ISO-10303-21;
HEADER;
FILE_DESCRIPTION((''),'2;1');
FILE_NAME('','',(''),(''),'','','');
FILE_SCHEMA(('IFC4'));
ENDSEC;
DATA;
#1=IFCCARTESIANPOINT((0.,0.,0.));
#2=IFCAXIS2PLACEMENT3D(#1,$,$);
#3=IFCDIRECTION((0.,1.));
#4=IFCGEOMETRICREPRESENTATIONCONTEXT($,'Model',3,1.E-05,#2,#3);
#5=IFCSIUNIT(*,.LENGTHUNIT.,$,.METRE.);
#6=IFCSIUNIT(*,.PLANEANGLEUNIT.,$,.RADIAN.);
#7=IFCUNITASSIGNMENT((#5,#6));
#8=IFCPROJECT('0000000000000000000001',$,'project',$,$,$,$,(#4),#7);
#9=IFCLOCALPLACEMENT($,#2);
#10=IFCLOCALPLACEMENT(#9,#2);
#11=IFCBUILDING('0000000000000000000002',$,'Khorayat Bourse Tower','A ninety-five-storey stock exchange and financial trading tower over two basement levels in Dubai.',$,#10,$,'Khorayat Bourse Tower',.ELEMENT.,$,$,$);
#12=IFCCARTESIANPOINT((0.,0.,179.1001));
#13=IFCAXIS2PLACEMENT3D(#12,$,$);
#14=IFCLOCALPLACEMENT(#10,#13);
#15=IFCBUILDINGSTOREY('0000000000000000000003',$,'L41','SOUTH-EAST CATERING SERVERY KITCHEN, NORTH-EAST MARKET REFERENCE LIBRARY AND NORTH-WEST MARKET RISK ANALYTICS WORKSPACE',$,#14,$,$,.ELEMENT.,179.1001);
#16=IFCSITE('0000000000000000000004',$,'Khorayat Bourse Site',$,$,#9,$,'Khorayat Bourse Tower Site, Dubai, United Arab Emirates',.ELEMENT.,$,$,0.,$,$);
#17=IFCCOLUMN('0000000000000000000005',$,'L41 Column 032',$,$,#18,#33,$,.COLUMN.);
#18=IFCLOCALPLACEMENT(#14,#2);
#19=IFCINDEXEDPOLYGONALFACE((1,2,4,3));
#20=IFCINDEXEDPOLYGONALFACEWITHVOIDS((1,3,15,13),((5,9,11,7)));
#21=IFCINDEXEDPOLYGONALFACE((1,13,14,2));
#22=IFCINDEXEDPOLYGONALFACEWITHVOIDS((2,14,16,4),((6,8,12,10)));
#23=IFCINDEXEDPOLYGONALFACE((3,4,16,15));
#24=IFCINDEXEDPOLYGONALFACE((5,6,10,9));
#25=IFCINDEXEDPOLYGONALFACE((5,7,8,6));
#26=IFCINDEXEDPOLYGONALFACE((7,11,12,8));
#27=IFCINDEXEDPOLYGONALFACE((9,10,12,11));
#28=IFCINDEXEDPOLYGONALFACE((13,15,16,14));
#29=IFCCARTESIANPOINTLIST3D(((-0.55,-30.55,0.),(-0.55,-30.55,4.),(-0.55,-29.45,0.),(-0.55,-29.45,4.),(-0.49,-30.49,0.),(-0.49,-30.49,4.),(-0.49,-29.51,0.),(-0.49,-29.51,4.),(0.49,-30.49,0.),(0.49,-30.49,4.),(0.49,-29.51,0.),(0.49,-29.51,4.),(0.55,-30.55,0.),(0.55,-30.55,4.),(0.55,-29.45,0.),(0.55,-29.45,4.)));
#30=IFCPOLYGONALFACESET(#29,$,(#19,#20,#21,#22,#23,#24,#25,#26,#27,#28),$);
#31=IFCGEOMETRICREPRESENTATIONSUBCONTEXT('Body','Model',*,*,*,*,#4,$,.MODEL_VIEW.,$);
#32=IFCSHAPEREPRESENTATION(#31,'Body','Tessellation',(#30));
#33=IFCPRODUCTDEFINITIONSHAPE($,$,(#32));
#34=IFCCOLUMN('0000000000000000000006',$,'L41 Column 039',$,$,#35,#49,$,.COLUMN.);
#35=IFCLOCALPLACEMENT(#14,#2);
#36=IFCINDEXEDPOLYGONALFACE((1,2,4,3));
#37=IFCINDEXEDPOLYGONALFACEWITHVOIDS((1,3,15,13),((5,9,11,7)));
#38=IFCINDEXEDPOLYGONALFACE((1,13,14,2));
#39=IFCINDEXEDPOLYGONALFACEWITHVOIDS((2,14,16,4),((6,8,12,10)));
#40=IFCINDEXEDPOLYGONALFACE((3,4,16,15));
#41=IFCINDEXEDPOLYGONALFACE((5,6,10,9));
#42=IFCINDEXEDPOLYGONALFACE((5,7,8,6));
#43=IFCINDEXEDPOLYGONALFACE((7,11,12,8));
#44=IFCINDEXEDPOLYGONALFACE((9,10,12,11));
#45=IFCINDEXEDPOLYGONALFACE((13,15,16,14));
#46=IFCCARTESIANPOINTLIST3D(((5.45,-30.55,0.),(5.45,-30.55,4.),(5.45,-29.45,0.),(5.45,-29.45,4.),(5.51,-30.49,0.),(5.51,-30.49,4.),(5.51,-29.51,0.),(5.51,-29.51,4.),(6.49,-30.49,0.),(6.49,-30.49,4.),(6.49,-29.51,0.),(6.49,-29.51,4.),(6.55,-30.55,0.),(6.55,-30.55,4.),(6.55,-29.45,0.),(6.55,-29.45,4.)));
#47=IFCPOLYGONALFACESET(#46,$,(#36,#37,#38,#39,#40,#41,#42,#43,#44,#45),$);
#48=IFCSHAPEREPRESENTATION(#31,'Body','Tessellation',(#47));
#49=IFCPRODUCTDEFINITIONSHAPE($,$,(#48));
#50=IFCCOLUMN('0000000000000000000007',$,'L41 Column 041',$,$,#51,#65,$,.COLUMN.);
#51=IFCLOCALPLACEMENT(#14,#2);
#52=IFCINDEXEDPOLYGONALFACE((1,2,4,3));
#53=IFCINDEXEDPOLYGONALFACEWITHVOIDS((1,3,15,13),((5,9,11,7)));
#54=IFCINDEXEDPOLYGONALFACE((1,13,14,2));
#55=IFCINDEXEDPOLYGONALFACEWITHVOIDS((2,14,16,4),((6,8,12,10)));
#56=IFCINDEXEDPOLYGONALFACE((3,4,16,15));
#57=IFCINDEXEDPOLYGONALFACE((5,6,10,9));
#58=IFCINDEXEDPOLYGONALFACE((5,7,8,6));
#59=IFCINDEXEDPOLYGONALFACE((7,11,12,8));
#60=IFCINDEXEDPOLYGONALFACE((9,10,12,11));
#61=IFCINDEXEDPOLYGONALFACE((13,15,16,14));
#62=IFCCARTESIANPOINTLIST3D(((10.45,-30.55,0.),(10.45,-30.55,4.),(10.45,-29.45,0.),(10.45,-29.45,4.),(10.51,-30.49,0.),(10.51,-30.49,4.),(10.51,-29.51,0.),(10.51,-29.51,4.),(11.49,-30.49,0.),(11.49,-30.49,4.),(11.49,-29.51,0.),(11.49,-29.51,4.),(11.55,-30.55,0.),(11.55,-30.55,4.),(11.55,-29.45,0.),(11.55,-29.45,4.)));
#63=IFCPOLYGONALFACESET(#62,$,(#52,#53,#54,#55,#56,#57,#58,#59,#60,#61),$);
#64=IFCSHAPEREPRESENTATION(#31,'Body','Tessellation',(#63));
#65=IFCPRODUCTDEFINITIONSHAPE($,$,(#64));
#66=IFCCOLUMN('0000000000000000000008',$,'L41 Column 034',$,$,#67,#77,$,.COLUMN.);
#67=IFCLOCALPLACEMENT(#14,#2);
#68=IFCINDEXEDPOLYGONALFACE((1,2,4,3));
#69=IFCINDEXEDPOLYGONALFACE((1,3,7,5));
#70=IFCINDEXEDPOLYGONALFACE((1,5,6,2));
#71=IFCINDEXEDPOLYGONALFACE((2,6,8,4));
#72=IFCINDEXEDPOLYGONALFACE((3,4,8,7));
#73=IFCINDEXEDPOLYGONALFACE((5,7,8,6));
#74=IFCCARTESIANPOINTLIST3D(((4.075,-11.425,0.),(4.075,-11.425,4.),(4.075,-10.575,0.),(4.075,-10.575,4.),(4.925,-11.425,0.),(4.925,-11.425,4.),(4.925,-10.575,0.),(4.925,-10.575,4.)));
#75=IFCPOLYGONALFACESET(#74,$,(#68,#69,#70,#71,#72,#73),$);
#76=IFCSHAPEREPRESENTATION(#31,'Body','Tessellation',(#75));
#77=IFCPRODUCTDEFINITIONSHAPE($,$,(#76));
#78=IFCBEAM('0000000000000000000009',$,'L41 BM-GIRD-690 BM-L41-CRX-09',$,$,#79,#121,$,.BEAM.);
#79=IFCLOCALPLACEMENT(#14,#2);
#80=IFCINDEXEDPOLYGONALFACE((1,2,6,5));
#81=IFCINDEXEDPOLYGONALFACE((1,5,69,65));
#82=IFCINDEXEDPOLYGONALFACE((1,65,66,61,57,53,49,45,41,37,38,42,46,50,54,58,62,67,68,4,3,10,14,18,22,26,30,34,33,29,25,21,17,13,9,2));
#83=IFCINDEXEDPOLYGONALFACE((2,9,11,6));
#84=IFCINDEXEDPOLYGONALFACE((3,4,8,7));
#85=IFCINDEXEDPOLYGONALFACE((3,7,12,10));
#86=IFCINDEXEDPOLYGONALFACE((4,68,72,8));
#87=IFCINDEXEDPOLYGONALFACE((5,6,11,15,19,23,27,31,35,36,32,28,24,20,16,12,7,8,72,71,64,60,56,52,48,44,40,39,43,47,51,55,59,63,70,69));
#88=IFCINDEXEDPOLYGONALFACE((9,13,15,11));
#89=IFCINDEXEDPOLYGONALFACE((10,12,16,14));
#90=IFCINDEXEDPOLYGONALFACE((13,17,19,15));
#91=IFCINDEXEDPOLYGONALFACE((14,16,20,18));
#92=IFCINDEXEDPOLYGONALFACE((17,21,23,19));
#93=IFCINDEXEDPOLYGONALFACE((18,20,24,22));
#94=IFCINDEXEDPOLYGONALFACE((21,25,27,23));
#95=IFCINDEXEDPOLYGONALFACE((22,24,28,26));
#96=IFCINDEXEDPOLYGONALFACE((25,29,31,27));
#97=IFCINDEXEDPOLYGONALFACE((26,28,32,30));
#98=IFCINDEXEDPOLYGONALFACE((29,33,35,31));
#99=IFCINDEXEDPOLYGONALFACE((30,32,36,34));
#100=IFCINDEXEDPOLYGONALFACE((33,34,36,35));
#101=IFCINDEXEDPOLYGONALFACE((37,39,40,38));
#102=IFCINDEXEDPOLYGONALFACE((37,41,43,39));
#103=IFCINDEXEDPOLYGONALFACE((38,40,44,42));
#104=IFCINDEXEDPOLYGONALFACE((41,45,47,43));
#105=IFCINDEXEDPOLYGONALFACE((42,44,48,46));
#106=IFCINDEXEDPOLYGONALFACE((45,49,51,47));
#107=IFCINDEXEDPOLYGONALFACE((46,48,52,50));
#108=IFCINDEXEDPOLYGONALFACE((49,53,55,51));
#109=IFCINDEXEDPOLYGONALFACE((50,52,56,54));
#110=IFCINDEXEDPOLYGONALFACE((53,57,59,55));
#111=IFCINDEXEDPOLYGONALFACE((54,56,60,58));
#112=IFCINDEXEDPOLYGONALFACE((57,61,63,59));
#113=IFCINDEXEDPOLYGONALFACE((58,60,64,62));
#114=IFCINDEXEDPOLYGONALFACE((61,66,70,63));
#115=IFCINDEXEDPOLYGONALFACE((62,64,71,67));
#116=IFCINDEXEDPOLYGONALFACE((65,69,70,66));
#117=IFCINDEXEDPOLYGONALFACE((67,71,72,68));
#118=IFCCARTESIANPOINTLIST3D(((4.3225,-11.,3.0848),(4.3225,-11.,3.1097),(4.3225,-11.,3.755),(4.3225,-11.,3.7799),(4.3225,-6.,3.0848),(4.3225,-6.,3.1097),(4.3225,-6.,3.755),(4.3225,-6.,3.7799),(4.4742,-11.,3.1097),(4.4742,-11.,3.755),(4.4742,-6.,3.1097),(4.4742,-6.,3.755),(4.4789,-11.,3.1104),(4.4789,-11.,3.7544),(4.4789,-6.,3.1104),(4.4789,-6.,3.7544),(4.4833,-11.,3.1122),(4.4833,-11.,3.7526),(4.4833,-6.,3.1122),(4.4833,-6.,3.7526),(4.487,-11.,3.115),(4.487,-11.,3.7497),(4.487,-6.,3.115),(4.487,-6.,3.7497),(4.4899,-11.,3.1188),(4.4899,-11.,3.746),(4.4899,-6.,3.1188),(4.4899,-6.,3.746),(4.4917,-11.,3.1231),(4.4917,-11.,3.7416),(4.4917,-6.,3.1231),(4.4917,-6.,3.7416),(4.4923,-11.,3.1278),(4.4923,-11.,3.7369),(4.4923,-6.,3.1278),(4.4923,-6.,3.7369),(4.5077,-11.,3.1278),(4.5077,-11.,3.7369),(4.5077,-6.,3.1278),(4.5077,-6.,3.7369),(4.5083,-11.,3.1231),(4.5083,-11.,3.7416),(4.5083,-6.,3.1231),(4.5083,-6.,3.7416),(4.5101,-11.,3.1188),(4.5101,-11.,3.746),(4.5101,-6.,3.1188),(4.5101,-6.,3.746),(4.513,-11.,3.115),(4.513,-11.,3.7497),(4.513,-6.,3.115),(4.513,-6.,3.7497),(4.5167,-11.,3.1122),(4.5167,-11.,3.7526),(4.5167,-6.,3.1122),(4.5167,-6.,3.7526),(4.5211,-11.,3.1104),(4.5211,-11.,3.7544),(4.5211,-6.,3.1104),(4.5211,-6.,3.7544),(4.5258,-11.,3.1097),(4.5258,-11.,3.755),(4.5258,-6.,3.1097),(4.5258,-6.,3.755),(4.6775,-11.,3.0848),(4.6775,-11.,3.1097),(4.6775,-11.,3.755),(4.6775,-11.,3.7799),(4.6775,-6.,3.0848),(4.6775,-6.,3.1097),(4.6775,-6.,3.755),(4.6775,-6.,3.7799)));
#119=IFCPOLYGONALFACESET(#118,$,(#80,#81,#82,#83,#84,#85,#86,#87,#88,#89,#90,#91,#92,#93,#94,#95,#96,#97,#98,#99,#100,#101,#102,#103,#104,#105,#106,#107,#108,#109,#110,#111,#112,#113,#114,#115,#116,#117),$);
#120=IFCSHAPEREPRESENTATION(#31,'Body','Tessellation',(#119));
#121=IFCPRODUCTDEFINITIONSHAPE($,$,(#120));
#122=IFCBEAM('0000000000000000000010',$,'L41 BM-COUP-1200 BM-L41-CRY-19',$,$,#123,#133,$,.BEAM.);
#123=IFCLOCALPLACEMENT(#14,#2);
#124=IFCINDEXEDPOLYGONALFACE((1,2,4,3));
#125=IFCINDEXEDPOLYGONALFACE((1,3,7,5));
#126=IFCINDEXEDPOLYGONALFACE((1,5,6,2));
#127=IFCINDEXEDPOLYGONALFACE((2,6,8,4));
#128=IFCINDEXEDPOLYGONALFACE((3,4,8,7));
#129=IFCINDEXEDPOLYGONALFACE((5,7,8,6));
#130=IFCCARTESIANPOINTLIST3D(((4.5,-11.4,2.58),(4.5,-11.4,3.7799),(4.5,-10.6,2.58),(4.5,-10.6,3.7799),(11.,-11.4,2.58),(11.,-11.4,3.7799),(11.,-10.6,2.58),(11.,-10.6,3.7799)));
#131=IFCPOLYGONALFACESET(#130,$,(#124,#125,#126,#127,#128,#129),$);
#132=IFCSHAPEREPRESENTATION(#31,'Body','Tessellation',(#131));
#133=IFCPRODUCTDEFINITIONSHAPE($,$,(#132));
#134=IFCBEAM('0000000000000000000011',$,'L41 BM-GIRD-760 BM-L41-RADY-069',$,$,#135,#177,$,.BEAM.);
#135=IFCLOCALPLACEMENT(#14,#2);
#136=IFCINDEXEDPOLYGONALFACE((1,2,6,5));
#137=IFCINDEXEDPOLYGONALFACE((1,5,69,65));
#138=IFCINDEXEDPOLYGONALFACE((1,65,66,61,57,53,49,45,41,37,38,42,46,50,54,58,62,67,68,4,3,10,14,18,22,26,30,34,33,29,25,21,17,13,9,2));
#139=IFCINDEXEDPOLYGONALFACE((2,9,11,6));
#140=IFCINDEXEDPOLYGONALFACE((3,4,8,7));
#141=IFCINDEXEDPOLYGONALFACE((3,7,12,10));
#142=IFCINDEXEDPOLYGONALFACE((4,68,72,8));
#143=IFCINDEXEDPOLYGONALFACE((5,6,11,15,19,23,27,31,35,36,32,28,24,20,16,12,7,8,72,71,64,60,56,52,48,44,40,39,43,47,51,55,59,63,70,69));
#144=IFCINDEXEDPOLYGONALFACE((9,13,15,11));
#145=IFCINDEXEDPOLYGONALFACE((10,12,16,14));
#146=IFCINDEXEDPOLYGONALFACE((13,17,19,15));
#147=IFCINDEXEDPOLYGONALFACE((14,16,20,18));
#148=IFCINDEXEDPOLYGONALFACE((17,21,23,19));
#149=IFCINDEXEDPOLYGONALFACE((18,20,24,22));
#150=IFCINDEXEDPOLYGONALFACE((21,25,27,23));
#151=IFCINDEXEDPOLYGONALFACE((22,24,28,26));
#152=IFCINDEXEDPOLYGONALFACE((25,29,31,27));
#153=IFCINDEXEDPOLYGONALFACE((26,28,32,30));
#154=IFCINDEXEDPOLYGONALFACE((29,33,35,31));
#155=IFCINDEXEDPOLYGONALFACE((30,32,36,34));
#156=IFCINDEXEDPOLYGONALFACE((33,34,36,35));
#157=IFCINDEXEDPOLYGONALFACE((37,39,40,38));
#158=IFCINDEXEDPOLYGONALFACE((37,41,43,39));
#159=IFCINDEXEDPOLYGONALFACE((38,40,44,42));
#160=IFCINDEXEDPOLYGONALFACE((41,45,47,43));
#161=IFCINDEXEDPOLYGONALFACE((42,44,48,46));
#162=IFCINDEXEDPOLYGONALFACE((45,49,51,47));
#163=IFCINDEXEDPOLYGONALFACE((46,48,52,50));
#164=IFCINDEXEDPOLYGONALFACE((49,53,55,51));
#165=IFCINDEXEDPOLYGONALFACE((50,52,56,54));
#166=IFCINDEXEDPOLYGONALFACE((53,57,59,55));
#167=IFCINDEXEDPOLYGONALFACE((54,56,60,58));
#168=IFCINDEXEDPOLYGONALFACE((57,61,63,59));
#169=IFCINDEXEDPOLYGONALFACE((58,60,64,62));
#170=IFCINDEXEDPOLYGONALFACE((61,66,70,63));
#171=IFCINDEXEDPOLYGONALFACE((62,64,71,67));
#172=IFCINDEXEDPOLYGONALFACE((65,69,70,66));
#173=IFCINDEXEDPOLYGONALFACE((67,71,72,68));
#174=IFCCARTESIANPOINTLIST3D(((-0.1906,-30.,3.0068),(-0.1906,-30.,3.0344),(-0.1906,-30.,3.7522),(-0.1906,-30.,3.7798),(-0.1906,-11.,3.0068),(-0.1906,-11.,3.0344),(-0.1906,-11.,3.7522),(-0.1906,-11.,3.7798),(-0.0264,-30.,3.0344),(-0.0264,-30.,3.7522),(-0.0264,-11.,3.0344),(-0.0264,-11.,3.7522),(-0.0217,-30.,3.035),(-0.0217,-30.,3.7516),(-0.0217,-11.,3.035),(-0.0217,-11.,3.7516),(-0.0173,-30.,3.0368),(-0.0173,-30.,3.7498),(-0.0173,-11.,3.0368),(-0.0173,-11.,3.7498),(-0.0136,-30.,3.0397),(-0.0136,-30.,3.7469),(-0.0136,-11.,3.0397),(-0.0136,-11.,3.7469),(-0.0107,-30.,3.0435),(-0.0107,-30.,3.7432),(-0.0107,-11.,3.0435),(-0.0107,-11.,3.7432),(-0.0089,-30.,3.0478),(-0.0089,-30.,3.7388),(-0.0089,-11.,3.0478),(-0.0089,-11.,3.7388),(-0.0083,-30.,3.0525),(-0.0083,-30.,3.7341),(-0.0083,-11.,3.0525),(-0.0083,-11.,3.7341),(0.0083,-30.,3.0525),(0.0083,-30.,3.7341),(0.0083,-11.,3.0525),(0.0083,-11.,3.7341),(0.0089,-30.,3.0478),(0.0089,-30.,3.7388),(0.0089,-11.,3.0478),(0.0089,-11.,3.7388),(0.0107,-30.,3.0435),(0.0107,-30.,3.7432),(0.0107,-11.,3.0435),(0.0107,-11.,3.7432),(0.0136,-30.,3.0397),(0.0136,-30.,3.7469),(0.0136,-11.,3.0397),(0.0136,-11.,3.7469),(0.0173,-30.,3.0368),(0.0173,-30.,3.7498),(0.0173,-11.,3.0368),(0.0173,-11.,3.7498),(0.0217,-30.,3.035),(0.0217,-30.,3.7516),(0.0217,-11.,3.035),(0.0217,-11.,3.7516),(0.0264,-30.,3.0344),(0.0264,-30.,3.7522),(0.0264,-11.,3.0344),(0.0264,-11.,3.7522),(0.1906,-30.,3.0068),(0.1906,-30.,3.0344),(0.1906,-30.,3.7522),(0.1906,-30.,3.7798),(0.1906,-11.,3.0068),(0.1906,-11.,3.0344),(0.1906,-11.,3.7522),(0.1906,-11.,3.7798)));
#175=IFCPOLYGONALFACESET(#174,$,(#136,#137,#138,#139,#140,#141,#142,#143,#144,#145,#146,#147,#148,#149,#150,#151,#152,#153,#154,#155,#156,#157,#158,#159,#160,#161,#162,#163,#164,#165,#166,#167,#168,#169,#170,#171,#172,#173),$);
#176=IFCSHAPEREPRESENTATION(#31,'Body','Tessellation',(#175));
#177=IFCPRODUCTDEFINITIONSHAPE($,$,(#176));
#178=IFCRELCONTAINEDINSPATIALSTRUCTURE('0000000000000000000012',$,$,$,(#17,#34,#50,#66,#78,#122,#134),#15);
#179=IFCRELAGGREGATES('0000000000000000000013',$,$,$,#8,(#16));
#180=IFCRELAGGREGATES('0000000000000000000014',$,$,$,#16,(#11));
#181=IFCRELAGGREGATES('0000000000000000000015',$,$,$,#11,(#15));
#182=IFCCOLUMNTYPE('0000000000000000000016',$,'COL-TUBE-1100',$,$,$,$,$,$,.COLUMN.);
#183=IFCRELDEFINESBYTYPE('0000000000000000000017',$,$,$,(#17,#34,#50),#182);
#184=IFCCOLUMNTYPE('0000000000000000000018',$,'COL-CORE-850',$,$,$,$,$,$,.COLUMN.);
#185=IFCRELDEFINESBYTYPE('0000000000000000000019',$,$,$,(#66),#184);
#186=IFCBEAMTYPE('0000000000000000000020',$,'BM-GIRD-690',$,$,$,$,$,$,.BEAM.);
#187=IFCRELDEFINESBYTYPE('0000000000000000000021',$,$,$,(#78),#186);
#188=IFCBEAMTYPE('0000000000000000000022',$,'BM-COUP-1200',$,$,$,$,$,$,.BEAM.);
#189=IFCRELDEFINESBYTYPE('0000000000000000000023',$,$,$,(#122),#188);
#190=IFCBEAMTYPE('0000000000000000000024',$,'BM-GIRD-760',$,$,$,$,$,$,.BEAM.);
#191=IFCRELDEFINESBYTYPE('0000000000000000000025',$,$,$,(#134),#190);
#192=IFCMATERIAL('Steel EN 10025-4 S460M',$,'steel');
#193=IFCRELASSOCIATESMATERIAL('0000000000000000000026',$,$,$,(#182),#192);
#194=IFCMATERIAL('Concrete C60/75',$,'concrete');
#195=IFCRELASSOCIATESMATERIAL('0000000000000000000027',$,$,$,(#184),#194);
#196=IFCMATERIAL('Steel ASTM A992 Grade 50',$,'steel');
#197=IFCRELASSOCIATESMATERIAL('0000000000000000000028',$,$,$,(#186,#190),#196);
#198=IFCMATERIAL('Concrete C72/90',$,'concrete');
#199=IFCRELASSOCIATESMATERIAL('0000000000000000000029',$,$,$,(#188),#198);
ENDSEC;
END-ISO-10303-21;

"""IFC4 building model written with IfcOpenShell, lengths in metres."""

from ifc_helpers import new_model, si_unit, direction, frame, origin, origin_2d, place, context, subcontext, project, spatial, rectangle, hollow_rectangle, i_section, extrude, source, transform, mapped, material, material_profile, profile_set, type_object, element, save


model = new_model("IFC4")

# Units and contexts
model_context = context("Model", 3, precision=1e-05, world=origin(), true_north=direction((0.0, 1.0)))
body_context = subcontext(model_context, "Body", "Model", "MODEL_VIEW")
ifc_project = project(units=[si_unit("LENGTHUNIT", "METRE"), si_unit("PLANEANGLEUNIT", "RADIAN")], contexts=[model_context])

# Site, building, storey
site_placement = place(None, origin())
site = spatial("IfcSite", under=ifc_project, at=site_placement, Name="Khorayat Bourse Site", LongName="Khorayat Bourse Tower Site, Dubai, United Arab Emirates", CompositionType="ELEMENT", RefElevation=0.0)
building_placement = place(site_placement, origin())
building = spatial("IfcBuilding", under=site, at=building_placement, Name="Khorayat Bourse Tower", Description="A ninety-five-storey stock exchange and financial trading tower over two basement levels in Dubai.", LongName="Khorayat Bourse Tower", CompositionType="ELEMENT")
storey_placement = place(building_placement, frame((0.0, 0.0, 179.1001)))
storey = spatial("IfcBuildingStorey", under=building, at=storey_placement, Name="L41", Description="SOUTH-EAST CATERING SERVERY KITCHEN, NORTH-EAST MARKET REFERENCE LIBRARY AND NORTH-WEST MARKET RISK ANALYTICS WORKSPACE", CompositionType="ELEMENT", Elevation=179.1001)

# Columns
ifc_material_1 = material(Name="Steel EN 10025-4 S460M", Category="steel")
ifc_material_profile_1 = material_profile(ifc_material_1, hollow_rectangle(XDim=1.1001, YDim=1.1001, WallThickness=0.0601, at=origin_2d()), Name="BOX 1100x1100x60")
ifc_profile_set_1 = profile_set([ifc_material_profile_1], Name="Steel EN 10025-4 S460M")
column_type_1 = type_object("IfcColumnType", Name="COL-TUBE-1100", PredefinedType="COLUMN", material=ifc_profile_set_1)
shared_shape_1 = source(origin(), body_context, "Body", "SweptSolid", [
    extrude(hollow_rectangle(XDim=1.1001, YDim=1.1001, WallThickness=0.0601, at=origin_2d()), origin(), (0.0, 0.0, 1.0), 4.0),
])
for number, where, z_axis, x_axis, name in (
    (1, (0.0, -30.0, 0.0), (0.0, 0.0, 1.0), (1.0, 0.0, 0.0), "L41 Column 032"),
    (2, (6.0, -30.0, 0.0), (0.0, 0.0, 1.0), (1.0, 0.0, 0.0), "L41 Column 039"),
    (3, (11.0, -30.0, 0.0), (0.0, 0.0, 1.0), (1.0, 0.0, 0.0), "L41 Column 041"),
):
    element("IfcColumn", number, at=place(storey_placement, frame(where, z_axis=z_axis, x_axis=x_axis)), inside=storey, type_object=column_type_1, Name=name, PredefinedType="COLUMN", context=body_context, shape_type="MappedRepresentation", body=[
        mapped(shared_shape_1, transform((0.0, 0.0, 0.0), scale=1.0)),
    ])
ifc_material_2 = material(Name="Concrete C60/75", Category="concrete")
ifc_material_profile_2 = material_profile(ifc_material_2, rectangle(XDim=0.8501, YDim=0.8501, at=origin_2d()), Name="RC 850x850")
ifc_profile_set_2 = profile_set([ifc_material_profile_2], Name="Concrete C60/75")
column_type_2 = type_object("IfcColumnType", Name="COL-CORE-850", PredefinedType="COLUMN", material=ifc_profile_set_2)
shared_shape_2 = source(origin(), body_context, "Body", "SweptSolid", [
    extrude(rectangle(XDim=0.8501, YDim=0.8501, at=origin_2d()), origin(), (0.0, 0.0, 1.0), 4.0),
])
column_placement = place(storey_placement, frame((4.5, -11.0, 0.0), z_axis=(0.0, 0.0, 1.0), x_axis=(1.0, 0.0, 0.0)))
element("IfcColumn", 4, at=column_placement, inside=storey, type_object=column_type_2, Name="L41 Column 034", PredefinedType="COLUMN", context=body_context, shape_type="MappedRepresentation", body=[
    mapped(shared_shape_2, transform((0.0, 0.0, 0.0), scale=1.0)),
])

# Beams
ifc_material_3 = material(Name="Steel ASTM A992 Grade 50", Category="steel")
ifc_material_profile_3 = material_profile(ifc_material_3, i_section(OverallWidth=0.355, OverallDepth=0.6951, WebThickness=0.0154, FlangeThickness=0.0249, FilletRadius=0.0181, at=origin_2d()), Name="W690X217")
ifc_profile_set_3 = profile_set([ifc_material_profile_3], Name="Steel ASTM A992 Grade 50")
beam_type_1 = type_object("IfcBeamType", Name="BM-GIRD-690", PredefinedType="BEAM", material=ifc_profile_set_3)
shared_shape_3 = source(origin(), body_context, "Body", "SweptSolid", [
    extrude(i_section(OverallWidth=0.355, OverallDepth=0.6951, WebThickness=0.0154, FlangeThickness=0.0249, FilletRadius=0.0181, at=origin_2d()), origin(), (0.0, 0.0, 1.0), 5.0),
])
beam_1_placement = place(storey_placement, frame((4.5, -11.0, 3.4324), z_axis=(0.0, 1.0, 0.0), x_axis=(-1.0, 0.0, 0.0)))
element("IfcBeam", 5, at=beam_1_placement, inside=storey, type_object=beam_type_1, Name="L41 BM-GIRD-690 BM-L41-CRX-09", PredefinedType="BEAM", context=body_context, shape_type="MappedRepresentation", body=[
    mapped(shared_shape_3, transform((0.0, 0.0, 0.0), scale=1.0)),
])
ifc_material_4 = material(Name="Concrete C72/90", Category="concrete")
ifc_material_profile_4 = material_profile(ifc_material_4, rectangle(XDim=0.8, YDim=1.2, at=origin_2d()), Name="RC 800x1200")
ifc_profile_set_4 = profile_set([ifc_material_profile_4], Name="Concrete C72/90")
beam_type_2 = type_object("IfcBeamType", Name="BM-COUP-1200", PredefinedType="BEAM", material=ifc_profile_set_4)
shared_shape_4 = source(origin(), body_context, "Body", "SweptSolid", [
    extrude(rectangle(XDim=0.8, YDim=1.2, at=origin_2d()), origin(), (0.0, 0.0, 1.0), 6.5),
])
beam_2_placement = place(storey_placement, frame((4.5, -11.0, 3.1799), z_axis=(1.0, 0.0, 0.0), x_axis=(0.0, 1.0, 0.0)))
element("IfcBeam", 6, at=beam_2_placement, inside=storey, type_object=beam_type_2, Name="L41 BM-COUP-1200 BM-L41-CRY-19", PredefinedType="BEAM", context=body_context, shape_type="MappedRepresentation", body=[
    mapped(shared_shape_4, transform((0.0, 0.0, 0.0), scale=1.0)),
])
ifc_material_profile_5 = material_profile(ifc_material_3, i_section(OverallWidth=0.3811, OverallDepth=0.7729, WebThickness=0.0166, FlangeThickness=0.0276, FilletRadius=0.0181, at=origin_2d()), Name="W760X257")
ifc_profile_set_5 = profile_set([ifc_material_profile_5], Name="Steel ASTM A992 Grade 50")
beam_type_3 = type_object("IfcBeamType", Name="BM-GIRD-760", PredefinedType="BEAM", material=ifc_profile_set_5)
shared_shape_5 = source(origin(), body_context, "Body", "SweptSolid", [
    extrude(i_section(OverallWidth=0.3811, OverallDepth=0.7729, WebThickness=0.0166, FlangeThickness=0.0276, FilletRadius=0.0181, at=origin_2d()), origin(), (0.0, 0.0, 1.0), 19.0),
])
for number, where, z_axis, x_axis, name in (
    (7, (0.0, -30.0, 3.3933), (0.0, 1.0, 0.0), (-1.0, 0.0, 0.0), "L41 BM-GIRD-760 BM-L41-RADY-069"),
):
    element("IfcBeam", number, at=place(storey_placement, frame(where, z_axis=z_axis, x_axis=x_axis)), inside=storey, type_object=beam_type_3, Name=name, PredefinedType="BEAM", context=body_context, shape_type="MappedRepresentation", body=[
        mapped(shared_shape_5, transform((0.0, 0.0, 0.0), scale=1.0)),
    ])

save(model, "model.ifc")
